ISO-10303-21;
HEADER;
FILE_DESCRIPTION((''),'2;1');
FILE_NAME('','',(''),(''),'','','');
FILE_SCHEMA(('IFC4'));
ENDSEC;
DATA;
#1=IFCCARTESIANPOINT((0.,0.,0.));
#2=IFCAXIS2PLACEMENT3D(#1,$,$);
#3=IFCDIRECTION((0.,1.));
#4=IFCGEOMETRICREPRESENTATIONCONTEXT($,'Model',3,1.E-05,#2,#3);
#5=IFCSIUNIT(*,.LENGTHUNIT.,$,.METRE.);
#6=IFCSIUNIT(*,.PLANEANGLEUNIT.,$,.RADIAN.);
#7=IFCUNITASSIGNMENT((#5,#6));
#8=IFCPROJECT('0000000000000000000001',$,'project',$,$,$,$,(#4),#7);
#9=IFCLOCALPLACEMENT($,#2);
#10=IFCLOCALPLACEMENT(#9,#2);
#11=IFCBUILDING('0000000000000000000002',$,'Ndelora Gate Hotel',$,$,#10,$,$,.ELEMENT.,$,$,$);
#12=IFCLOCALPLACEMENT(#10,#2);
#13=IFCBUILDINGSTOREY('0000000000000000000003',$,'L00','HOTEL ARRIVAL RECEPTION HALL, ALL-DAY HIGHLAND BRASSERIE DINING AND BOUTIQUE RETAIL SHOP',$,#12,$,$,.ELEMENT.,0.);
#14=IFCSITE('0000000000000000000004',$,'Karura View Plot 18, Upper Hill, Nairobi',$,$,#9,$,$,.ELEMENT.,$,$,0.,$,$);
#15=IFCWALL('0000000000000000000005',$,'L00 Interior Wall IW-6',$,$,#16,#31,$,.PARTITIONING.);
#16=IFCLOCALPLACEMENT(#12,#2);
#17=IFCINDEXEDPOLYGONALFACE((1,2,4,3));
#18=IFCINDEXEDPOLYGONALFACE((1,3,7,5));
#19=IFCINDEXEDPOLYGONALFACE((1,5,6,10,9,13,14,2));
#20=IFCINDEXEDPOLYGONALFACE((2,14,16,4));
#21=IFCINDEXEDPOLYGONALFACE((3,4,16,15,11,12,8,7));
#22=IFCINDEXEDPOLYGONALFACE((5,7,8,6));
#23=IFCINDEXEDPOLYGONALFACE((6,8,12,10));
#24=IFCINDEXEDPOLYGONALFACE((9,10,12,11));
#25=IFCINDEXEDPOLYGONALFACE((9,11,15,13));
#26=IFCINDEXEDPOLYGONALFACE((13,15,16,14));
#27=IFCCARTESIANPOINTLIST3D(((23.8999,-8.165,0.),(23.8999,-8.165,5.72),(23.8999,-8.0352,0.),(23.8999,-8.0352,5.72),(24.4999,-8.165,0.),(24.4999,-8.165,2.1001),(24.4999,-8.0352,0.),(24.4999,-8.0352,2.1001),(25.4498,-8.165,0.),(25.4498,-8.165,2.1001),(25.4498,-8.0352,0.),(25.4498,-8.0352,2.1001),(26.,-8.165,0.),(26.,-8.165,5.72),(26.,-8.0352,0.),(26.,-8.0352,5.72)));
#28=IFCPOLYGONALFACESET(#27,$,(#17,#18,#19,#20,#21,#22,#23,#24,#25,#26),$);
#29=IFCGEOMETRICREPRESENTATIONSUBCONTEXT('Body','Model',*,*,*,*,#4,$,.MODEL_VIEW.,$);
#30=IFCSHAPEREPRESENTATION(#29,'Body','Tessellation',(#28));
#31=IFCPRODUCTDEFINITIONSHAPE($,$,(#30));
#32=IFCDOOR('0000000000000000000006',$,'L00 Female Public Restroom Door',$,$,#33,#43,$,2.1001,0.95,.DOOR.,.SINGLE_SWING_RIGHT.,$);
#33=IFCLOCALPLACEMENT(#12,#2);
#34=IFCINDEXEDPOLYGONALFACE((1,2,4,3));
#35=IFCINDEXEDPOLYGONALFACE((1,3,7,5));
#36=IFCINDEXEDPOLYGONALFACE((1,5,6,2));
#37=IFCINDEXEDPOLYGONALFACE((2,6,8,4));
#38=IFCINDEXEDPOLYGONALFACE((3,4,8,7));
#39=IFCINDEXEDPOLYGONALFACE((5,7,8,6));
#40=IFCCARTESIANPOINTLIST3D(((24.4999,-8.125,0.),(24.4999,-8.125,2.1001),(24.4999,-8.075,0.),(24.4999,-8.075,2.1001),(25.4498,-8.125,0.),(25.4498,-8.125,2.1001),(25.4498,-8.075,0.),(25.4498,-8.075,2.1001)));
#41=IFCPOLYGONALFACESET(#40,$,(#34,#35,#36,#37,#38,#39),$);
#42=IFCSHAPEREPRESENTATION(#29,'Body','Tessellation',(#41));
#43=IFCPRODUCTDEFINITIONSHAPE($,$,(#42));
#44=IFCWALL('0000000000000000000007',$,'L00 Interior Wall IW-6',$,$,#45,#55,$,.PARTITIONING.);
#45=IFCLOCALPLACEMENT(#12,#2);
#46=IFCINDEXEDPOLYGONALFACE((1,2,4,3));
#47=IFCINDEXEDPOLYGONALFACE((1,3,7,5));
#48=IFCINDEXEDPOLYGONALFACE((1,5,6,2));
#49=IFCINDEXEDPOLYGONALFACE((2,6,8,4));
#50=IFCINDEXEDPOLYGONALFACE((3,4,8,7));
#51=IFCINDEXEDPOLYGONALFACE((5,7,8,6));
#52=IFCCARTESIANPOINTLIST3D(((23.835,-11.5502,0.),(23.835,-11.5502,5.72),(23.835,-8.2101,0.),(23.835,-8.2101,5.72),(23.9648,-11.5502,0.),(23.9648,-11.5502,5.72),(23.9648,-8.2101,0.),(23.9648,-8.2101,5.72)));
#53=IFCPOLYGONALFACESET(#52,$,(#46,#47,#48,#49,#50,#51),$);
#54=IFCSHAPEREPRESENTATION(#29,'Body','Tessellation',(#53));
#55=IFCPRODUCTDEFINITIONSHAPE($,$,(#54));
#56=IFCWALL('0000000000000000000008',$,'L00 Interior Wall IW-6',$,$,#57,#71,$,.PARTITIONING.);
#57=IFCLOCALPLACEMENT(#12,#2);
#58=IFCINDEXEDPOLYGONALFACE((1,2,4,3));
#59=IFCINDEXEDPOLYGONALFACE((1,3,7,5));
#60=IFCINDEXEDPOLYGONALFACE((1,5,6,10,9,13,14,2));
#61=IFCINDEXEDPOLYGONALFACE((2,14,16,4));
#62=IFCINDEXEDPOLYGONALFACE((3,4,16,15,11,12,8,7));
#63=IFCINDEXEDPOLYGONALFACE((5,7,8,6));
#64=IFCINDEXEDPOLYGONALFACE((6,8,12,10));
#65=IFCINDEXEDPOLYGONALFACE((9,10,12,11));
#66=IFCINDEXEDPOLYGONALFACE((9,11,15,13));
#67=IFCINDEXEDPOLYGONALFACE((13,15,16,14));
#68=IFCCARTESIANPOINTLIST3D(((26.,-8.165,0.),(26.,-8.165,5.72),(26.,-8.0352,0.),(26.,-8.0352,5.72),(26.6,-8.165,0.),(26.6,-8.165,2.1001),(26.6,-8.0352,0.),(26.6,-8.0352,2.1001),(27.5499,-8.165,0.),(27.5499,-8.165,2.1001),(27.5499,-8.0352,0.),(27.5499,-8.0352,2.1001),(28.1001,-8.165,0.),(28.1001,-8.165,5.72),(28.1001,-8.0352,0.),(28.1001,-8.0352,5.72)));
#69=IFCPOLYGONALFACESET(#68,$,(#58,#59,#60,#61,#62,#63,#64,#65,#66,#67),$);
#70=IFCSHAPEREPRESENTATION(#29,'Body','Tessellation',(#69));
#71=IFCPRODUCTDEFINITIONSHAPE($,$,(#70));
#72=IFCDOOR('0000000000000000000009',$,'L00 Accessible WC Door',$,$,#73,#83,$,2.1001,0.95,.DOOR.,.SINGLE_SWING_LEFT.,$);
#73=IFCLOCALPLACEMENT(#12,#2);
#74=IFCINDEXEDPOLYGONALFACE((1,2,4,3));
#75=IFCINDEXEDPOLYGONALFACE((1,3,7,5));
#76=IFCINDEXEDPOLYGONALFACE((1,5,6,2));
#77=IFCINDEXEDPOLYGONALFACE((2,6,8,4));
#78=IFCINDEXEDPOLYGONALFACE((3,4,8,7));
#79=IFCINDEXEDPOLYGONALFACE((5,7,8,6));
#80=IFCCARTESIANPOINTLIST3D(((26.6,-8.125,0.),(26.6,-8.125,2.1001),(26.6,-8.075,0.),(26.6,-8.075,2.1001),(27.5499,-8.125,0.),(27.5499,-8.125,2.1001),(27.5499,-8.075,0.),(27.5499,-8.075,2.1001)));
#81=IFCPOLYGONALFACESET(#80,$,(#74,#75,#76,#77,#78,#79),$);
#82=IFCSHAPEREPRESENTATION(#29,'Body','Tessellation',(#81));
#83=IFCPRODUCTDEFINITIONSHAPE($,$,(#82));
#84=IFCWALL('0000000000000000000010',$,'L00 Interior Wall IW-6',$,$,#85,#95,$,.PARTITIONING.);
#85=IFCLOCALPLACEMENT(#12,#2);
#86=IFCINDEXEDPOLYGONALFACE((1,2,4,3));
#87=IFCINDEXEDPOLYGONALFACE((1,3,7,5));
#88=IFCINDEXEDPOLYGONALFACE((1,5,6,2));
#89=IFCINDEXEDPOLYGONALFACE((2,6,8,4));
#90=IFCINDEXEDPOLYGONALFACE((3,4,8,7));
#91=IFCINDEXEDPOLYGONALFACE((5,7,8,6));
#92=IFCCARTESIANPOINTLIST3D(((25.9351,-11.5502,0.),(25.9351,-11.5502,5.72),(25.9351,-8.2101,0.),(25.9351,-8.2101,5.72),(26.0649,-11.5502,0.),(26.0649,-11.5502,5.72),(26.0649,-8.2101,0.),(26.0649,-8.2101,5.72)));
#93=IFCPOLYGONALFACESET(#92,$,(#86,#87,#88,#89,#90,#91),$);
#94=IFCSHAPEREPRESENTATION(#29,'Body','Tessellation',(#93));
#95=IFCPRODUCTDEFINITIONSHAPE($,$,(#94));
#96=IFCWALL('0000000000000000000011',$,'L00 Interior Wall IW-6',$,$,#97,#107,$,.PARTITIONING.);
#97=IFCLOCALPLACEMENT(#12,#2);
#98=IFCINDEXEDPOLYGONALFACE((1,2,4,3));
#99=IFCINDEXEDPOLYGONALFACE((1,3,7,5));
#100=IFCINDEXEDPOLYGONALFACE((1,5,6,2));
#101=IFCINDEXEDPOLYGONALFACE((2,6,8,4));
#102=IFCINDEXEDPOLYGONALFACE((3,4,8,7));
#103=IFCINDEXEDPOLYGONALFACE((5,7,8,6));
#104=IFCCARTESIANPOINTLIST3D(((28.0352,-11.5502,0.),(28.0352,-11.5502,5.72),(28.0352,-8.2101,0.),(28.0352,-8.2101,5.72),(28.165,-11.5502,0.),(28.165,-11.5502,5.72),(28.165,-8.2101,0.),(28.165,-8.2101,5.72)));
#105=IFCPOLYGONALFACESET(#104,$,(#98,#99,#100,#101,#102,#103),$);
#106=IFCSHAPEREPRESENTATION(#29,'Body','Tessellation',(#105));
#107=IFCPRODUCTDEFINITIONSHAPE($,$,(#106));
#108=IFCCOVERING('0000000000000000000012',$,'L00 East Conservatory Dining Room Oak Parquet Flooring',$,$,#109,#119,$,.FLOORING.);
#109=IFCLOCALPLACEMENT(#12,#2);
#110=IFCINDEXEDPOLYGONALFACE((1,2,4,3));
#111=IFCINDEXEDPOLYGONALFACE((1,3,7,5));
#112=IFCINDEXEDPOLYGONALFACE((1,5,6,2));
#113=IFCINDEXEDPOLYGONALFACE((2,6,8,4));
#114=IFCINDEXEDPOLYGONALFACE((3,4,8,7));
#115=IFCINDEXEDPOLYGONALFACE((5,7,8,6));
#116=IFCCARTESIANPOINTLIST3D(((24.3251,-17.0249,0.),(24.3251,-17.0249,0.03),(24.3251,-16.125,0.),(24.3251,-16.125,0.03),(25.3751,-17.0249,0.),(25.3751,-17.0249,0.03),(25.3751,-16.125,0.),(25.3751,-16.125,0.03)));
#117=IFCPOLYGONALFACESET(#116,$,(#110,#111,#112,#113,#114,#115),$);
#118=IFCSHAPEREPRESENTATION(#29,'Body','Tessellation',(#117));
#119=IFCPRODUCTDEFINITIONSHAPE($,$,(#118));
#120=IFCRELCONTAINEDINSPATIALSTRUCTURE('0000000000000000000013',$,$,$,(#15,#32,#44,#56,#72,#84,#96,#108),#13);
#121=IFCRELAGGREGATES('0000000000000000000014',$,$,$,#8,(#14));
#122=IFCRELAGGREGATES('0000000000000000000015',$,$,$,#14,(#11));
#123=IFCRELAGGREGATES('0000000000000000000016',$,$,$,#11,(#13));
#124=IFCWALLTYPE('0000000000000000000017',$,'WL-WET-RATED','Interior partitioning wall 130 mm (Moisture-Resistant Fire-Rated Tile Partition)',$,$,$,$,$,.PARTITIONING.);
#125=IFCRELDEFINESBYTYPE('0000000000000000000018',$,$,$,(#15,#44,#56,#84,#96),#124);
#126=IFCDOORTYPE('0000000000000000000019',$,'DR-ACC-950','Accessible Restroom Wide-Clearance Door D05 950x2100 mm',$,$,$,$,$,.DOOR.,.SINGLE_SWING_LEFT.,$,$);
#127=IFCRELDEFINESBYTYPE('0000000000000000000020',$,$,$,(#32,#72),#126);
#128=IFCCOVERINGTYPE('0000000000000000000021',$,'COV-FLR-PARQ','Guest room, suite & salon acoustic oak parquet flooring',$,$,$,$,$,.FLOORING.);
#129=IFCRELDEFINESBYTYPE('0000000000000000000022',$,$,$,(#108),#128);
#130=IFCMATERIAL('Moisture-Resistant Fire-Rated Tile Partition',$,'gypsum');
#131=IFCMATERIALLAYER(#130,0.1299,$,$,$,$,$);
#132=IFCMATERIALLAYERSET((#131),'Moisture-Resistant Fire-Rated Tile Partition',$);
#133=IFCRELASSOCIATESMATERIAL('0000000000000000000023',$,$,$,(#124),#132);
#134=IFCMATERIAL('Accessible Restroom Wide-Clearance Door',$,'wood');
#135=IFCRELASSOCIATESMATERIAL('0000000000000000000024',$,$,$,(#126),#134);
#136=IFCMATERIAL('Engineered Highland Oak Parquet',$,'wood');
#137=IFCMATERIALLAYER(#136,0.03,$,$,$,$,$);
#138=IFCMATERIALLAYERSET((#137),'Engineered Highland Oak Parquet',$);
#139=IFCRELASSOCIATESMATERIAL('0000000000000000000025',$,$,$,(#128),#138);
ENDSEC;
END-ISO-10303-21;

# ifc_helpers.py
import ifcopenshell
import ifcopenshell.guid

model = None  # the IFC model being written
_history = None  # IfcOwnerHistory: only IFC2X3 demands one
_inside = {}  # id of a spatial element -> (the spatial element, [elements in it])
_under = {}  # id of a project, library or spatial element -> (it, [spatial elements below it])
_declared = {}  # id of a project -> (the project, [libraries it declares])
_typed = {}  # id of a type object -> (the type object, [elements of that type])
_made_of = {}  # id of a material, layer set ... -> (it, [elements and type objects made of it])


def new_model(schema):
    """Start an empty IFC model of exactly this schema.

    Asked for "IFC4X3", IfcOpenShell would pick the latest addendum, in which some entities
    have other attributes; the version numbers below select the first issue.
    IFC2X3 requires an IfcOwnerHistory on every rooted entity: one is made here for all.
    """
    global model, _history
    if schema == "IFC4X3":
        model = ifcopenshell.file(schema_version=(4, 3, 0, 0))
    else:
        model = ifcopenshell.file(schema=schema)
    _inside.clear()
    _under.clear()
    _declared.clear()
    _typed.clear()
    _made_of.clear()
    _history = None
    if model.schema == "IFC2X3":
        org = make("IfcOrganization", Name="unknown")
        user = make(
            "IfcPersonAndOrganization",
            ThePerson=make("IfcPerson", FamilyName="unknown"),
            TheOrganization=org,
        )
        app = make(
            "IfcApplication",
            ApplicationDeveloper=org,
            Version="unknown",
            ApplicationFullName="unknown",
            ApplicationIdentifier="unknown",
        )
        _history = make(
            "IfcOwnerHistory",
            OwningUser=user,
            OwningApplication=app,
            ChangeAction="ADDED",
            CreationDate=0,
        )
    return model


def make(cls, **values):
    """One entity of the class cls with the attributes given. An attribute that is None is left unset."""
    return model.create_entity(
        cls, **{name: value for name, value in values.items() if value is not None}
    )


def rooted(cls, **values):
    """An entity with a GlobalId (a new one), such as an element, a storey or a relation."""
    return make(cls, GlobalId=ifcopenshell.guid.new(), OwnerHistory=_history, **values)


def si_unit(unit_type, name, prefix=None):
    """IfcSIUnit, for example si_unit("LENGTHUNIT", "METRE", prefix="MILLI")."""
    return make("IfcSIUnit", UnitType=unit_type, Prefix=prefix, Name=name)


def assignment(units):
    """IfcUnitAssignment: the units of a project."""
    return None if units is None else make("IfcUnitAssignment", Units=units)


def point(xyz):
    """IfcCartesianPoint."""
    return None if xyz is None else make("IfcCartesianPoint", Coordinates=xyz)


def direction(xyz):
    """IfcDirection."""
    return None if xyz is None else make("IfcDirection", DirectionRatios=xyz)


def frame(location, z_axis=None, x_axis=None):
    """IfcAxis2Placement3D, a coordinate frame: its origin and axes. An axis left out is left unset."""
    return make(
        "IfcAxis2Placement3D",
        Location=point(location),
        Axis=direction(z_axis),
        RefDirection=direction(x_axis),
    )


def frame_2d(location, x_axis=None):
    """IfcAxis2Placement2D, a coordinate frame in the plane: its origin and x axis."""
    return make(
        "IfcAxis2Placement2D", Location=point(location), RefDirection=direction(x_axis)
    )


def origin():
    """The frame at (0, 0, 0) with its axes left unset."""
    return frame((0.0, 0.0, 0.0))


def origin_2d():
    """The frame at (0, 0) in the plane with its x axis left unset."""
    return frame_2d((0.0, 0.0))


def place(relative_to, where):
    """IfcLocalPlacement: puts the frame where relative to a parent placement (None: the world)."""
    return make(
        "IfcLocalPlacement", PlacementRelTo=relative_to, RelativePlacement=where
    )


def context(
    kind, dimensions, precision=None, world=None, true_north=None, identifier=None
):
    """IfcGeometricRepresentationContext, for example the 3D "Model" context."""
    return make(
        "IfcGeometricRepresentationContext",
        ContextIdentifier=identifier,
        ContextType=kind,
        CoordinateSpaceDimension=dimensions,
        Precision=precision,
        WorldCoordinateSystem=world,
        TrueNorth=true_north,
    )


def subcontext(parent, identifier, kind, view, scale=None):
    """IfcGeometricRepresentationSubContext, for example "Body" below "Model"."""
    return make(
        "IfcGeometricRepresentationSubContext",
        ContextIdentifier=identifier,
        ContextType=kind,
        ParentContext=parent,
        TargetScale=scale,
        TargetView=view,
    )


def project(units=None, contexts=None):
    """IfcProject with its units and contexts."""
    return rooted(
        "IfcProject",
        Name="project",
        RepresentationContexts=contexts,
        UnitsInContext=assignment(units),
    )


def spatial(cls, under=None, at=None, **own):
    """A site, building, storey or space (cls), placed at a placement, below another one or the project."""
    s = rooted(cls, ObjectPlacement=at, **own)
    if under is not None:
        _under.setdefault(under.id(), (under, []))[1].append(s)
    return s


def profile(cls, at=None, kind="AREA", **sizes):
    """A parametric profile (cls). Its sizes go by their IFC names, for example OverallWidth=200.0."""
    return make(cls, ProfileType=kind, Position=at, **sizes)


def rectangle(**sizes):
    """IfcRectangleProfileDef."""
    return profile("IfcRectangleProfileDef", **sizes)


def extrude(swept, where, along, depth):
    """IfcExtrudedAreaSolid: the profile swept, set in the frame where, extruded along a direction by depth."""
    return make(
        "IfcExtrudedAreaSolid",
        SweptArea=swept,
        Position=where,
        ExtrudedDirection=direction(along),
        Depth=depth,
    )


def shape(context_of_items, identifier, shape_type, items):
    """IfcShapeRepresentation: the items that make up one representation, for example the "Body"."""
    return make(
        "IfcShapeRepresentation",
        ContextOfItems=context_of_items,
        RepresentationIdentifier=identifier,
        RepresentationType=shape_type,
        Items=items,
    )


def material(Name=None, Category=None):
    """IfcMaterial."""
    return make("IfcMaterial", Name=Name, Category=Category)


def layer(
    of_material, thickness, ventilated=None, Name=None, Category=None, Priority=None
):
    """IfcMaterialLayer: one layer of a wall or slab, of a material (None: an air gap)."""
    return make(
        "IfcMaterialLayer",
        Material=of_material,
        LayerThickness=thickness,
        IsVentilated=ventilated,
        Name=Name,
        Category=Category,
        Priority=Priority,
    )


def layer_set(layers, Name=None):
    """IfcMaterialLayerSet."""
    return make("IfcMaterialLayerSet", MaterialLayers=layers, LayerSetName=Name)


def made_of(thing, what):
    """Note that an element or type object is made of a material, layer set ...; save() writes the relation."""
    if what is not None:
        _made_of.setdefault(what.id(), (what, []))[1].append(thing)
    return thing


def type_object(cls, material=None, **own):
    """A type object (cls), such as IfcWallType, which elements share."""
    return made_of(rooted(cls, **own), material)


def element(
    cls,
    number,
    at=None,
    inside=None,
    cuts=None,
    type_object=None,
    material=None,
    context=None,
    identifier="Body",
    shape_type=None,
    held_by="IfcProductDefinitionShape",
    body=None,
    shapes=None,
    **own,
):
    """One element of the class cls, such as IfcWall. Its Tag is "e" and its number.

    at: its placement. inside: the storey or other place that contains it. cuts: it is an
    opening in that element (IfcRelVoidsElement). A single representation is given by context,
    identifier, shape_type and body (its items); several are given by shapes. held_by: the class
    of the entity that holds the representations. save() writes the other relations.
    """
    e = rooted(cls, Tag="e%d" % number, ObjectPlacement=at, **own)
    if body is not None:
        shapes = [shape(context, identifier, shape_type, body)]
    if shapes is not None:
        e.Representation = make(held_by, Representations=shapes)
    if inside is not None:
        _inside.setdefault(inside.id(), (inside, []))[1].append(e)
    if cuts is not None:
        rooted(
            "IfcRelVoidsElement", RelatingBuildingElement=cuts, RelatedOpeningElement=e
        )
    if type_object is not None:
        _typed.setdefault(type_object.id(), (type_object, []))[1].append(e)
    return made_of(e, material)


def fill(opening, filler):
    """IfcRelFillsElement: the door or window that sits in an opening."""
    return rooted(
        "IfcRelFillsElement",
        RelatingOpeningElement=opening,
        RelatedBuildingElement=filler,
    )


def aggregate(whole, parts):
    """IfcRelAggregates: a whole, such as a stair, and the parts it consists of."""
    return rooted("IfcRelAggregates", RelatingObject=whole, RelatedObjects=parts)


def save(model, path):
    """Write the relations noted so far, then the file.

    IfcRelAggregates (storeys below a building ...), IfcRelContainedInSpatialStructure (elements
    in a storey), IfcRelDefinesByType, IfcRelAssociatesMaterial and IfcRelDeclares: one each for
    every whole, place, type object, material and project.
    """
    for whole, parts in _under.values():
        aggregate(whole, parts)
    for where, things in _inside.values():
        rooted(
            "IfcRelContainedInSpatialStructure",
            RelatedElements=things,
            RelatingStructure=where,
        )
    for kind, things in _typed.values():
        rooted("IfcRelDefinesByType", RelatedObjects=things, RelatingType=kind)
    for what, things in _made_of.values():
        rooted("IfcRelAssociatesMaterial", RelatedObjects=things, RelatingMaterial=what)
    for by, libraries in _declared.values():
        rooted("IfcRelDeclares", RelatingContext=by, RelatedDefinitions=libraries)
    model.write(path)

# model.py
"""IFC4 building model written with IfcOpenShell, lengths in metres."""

from ifc_helpers import new_model, si_unit, direction, frame, frame_2d, origin, origin_2d, place, context, subcontext, project, spatial, rectangle, extrude, material, layer, layer_set, type_object, element, fill, save


model = new_model("IFC4")

# Units and contexts
model_context = context("Model", 3, precision=1e-05, world=origin(), true_north=direction((0.0, 1.0)))
body_context = subcontext(model_context, "Body", "Model", "MODEL_VIEW")
ifc_project = project(units=[si_unit("LENGTHUNIT", "METRE"), si_unit("PLANEANGLEUNIT", "RADIAN")], contexts=[model_context])

# Site, building, storey
site_placement = place(None, origin())
site = spatial("IfcSite", under=ifc_project, at=site_placement, Name="Karura View Plot 18, Upper Hill, Nairobi", CompositionType="ELEMENT", RefElevation=0.0)
building_placement = place(site_placement, origin())
building = spatial("IfcBuilding", under=site, at=building_placement, Name="Ndelora Gate Hotel", CompositionType="ELEMENT")
storey_placement = place(building_placement, origin())
storey = spatial("IfcBuildingStorey", under=building, at=storey_placement, Name="L00", Description="HOTEL ARRIVAL RECEPTION HALL, ALL-DAY HIGHLAND BRASSERIE DINING AND BOUTIQUE RETAIL SHOP", CompositionType="ELEMENT", Elevation=0.0)

# Wall, opening, door
ifc_material_1 = material(Name="Moisture-Resistant Fire-Rated Tile Partition", Category="gypsum")
ifc_layer_1 = layer(ifc_material_1, 0.1299)
ifc_layer_set_1 = layer_set([ifc_layer_1], Name="Moisture-Resistant Fire-Rated Tile Partition")
wall_type_1 = type_object("IfcWallType", Name="WL-WET-RATED", Description="Interior partitioning wall 130 mm (Moisture-Resistant Fire-Rated Tile Partition)", PredefinedType="PARTITIONING", material=ifc_layer_set_1)
ifc_material_2 = material(Name="Accessible Restroom Wide-Clearance Door", Category="wood")
door_type = type_object("IfcDoorType", Name="DR-ACC-950", Description="Accessible Restroom Wide-Clearance Door D05 950x2100 mm", OperationType="SINGLE_SWING_LEFT", PredefinedType="DOOR", material=ifc_material_2)
wall_1_placement = place(storey_placement, frame((26.0, -8.1001, 0.0), z_axis=(0.0, 0.0, 1.0), x_axis=(-1.0, 0.0, 0.0)))
wall_1 = element("IfcWall", 1, at=wall_1_placement, inside=storey, type_object=wall_type_1, Name="L00 Interior Wall IW-6", PredefinedType="PARTITIONING", context=body_context, shape_type="SweptSolid", body=[
    extrude(rectangle(XDim=2.1001, YDim=0.1299, at=frame_2d((1.05, 0.0))), origin(), (0.0, 0.0, 1.0), 5.72),
])
opening_1_placement = place(wall_1_placement, frame((0.55, 0.0, 0.0)))
opening_1 = element("IfcOpeningElement", 2, at=opening_1_placement, cuts=wall_1, PredefinedType="OPENING", context=body_context, shape_type="SweptSolid", body=[
    extrude(rectangle(XDim=0.95, YDim=2.1001, at=frame_2d((0.4751, 1.05))), frame((0.0, 0.075, 0.0), z_axis=(0.0, -1.0, 0.0), x_axis=(1.0, 0.0, 0.0)), (0.0, 0.0, 1.0), 0.1499),
])
door_1_placement = place(opening_1_placement, origin())
door_1 = element("IfcDoor", 3, at=door_1_placement, inside=storey, type_object=door_type, Name="L00 Female Public Restroom Door", OperationType="SINGLE_SWING_RIGHT", OverallHeight=2.1001, OverallWidth=0.95, PredefinedType="DOOR", context=body_context, shape_type="SweptSolid", body=[
    extrude(rectangle(XDim=0.95, YDim=2.1001, at=frame_2d((0.4751, 1.05))), frame((0.0, 0.0249, 0.0), z_axis=(0.0, -1.0, 0.0), x_axis=(1.0, 0.0, 0.0)), (0.0, 0.0, 1.0), 0.05),
])
fill(opening_1, door_1)

# Wall
wall_2_placement = place(storey_placement, frame((23.8999, -11.55, 0.0), z_axis=(0.0, 0.0, 1.0), x_axis=(0.0, 1.0, 0.0)))
element("IfcWall", 4, at=wall_2_placement, inside=storey, type_object=wall_type_1, Name="L00 Interior Wall IW-6", PredefinedType="PARTITIONING", context=body_context, shape_type="SweptSolid", body=[
    extrude(rectangle(XDim=3.3401, YDim=0.1299, at=frame_2d((1.6699, 0.0))), origin(), (0.0, 0.0, 1.0), 5.72),
])

# Wall, opening, door
wall_3_placement = place(storey_placement, frame((28.1001, -8.1001, 0.0), z_axis=(0.0, 0.0, 1.0), x_axis=(-1.0, 0.0, 0.0)))
wall_3 = element("IfcWall", 5, at=wall_3_placement, inside=storey, type_object=wall_type_1, Name="L00 Interior Wall IW-6", PredefinedType="PARTITIONING", context=body_context, shape_type="SweptSolid", body=[
    extrude(rectangle(XDim=2.1001, YDim=0.1299, at=frame_2d((1.05, 0.0))), origin(), (0.0, 0.0, 1.0), 5.72),
])
opening_2_placement = place(wall_3_placement, frame((0.55, 0.0, 0.0)))
opening_2 = element("IfcOpeningElement", 6, at=opening_2_placement, cuts=wall_3, PredefinedType="OPENING", context=body_context, shape_type="SweptSolid", body=[
    extrude(rectangle(XDim=0.95, YDim=2.1001, at=frame_2d((0.4751, 1.05))), frame((0.0, 0.075, 0.0), z_axis=(0.0, -1.0, 0.0), x_axis=(1.0, 0.0, 0.0)), (0.0, 0.0, 1.0), 0.1499),
])
door_2_placement = place(opening_2_placement, origin())
door_2 = element("IfcDoor", 7, at=door_2_placement, inside=storey, type_object=door_type, Name="L00 Accessible WC Door", OperationType="SINGLE_SWING_LEFT", OverallHeight=2.1001, OverallWidth=0.95, PredefinedType="DOOR", context=body_context, shape_type="SweptSolid", body=[
    extrude(rectangle(XDim=0.95, YDim=2.1001, at=frame_2d((0.4751, 1.05))), frame((0.0, 0.0249, 0.0), z_axis=(0.0, -1.0, 0.0), x_axis=(1.0, 0.0, 0.0)), (0.0, 0.0, 1.0), 0.05),
])
fill(opening_2, door_2)

# Walls
for number, where, z_axis, x_axis, name in (
    (8, (26.0, -11.55, 0.0), (0.0, 0.0, 1.0), (0.0, 1.0, 0.0), "L00 Interior Wall IW-6"),
    (9, (28.1001, -11.55, 0.0), (0.0, 0.0, 1.0), (0.0, 1.0, 0.0), "L00 Interior Wall IW-6"),
):
    element("IfcWall", number, at=place(storey_placement, frame(where, z_axis=z_axis, x_axis=x_axis)), inside=storey, type_object=wall_type_1, Name=name, PredefinedType="PARTITIONING", context=body_context, shape_type="SweptSolid", body=[
        extrude(rectangle(XDim=3.3401, YDim=0.1299, at=frame_2d((1.6699, 0.0))), origin(), (0.0, 0.0, 1.0), 5.72),
    ])

# Covering
ifc_material_3 = material(Name="Engineered Highland Oak Parquet", Category="wood")
ifc_layer_2 = layer(ifc_material_3, 0.03)
ifc_layer_set_2 = layer_set([ifc_layer_2], Name="Engineered Highland Oak Parquet")
covering_type = type_object("IfcCoveringType", Name="COV-FLR-PARQ", Description="Guest room, suite & salon acoustic oak parquet flooring", PredefinedType="FLOORING", material=ifc_layer_set_2)
covering_placement = place(storey_placement, frame((24.8501, -16.575, 0.0), z_axis=(0.0, 0.0, 1.0), x_axis=(1.0, 0.0, 0.0)))
element("IfcCovering", 10, at=covering_placement, inside=storey, type_object=covering_type, Name="L00 East Conservatory Dining Room Oak Parquet Flooring", PredefinedType="FLOORING", context=body_context, shape_type="SweptSolid", body=[
    extrude(rectangle(XDim=1.05, YDim=0.8999, at=origin_2d()), origin(), (0.0, 0.0, 1.0), 0.03),
])

save(model, "model.ifc")
